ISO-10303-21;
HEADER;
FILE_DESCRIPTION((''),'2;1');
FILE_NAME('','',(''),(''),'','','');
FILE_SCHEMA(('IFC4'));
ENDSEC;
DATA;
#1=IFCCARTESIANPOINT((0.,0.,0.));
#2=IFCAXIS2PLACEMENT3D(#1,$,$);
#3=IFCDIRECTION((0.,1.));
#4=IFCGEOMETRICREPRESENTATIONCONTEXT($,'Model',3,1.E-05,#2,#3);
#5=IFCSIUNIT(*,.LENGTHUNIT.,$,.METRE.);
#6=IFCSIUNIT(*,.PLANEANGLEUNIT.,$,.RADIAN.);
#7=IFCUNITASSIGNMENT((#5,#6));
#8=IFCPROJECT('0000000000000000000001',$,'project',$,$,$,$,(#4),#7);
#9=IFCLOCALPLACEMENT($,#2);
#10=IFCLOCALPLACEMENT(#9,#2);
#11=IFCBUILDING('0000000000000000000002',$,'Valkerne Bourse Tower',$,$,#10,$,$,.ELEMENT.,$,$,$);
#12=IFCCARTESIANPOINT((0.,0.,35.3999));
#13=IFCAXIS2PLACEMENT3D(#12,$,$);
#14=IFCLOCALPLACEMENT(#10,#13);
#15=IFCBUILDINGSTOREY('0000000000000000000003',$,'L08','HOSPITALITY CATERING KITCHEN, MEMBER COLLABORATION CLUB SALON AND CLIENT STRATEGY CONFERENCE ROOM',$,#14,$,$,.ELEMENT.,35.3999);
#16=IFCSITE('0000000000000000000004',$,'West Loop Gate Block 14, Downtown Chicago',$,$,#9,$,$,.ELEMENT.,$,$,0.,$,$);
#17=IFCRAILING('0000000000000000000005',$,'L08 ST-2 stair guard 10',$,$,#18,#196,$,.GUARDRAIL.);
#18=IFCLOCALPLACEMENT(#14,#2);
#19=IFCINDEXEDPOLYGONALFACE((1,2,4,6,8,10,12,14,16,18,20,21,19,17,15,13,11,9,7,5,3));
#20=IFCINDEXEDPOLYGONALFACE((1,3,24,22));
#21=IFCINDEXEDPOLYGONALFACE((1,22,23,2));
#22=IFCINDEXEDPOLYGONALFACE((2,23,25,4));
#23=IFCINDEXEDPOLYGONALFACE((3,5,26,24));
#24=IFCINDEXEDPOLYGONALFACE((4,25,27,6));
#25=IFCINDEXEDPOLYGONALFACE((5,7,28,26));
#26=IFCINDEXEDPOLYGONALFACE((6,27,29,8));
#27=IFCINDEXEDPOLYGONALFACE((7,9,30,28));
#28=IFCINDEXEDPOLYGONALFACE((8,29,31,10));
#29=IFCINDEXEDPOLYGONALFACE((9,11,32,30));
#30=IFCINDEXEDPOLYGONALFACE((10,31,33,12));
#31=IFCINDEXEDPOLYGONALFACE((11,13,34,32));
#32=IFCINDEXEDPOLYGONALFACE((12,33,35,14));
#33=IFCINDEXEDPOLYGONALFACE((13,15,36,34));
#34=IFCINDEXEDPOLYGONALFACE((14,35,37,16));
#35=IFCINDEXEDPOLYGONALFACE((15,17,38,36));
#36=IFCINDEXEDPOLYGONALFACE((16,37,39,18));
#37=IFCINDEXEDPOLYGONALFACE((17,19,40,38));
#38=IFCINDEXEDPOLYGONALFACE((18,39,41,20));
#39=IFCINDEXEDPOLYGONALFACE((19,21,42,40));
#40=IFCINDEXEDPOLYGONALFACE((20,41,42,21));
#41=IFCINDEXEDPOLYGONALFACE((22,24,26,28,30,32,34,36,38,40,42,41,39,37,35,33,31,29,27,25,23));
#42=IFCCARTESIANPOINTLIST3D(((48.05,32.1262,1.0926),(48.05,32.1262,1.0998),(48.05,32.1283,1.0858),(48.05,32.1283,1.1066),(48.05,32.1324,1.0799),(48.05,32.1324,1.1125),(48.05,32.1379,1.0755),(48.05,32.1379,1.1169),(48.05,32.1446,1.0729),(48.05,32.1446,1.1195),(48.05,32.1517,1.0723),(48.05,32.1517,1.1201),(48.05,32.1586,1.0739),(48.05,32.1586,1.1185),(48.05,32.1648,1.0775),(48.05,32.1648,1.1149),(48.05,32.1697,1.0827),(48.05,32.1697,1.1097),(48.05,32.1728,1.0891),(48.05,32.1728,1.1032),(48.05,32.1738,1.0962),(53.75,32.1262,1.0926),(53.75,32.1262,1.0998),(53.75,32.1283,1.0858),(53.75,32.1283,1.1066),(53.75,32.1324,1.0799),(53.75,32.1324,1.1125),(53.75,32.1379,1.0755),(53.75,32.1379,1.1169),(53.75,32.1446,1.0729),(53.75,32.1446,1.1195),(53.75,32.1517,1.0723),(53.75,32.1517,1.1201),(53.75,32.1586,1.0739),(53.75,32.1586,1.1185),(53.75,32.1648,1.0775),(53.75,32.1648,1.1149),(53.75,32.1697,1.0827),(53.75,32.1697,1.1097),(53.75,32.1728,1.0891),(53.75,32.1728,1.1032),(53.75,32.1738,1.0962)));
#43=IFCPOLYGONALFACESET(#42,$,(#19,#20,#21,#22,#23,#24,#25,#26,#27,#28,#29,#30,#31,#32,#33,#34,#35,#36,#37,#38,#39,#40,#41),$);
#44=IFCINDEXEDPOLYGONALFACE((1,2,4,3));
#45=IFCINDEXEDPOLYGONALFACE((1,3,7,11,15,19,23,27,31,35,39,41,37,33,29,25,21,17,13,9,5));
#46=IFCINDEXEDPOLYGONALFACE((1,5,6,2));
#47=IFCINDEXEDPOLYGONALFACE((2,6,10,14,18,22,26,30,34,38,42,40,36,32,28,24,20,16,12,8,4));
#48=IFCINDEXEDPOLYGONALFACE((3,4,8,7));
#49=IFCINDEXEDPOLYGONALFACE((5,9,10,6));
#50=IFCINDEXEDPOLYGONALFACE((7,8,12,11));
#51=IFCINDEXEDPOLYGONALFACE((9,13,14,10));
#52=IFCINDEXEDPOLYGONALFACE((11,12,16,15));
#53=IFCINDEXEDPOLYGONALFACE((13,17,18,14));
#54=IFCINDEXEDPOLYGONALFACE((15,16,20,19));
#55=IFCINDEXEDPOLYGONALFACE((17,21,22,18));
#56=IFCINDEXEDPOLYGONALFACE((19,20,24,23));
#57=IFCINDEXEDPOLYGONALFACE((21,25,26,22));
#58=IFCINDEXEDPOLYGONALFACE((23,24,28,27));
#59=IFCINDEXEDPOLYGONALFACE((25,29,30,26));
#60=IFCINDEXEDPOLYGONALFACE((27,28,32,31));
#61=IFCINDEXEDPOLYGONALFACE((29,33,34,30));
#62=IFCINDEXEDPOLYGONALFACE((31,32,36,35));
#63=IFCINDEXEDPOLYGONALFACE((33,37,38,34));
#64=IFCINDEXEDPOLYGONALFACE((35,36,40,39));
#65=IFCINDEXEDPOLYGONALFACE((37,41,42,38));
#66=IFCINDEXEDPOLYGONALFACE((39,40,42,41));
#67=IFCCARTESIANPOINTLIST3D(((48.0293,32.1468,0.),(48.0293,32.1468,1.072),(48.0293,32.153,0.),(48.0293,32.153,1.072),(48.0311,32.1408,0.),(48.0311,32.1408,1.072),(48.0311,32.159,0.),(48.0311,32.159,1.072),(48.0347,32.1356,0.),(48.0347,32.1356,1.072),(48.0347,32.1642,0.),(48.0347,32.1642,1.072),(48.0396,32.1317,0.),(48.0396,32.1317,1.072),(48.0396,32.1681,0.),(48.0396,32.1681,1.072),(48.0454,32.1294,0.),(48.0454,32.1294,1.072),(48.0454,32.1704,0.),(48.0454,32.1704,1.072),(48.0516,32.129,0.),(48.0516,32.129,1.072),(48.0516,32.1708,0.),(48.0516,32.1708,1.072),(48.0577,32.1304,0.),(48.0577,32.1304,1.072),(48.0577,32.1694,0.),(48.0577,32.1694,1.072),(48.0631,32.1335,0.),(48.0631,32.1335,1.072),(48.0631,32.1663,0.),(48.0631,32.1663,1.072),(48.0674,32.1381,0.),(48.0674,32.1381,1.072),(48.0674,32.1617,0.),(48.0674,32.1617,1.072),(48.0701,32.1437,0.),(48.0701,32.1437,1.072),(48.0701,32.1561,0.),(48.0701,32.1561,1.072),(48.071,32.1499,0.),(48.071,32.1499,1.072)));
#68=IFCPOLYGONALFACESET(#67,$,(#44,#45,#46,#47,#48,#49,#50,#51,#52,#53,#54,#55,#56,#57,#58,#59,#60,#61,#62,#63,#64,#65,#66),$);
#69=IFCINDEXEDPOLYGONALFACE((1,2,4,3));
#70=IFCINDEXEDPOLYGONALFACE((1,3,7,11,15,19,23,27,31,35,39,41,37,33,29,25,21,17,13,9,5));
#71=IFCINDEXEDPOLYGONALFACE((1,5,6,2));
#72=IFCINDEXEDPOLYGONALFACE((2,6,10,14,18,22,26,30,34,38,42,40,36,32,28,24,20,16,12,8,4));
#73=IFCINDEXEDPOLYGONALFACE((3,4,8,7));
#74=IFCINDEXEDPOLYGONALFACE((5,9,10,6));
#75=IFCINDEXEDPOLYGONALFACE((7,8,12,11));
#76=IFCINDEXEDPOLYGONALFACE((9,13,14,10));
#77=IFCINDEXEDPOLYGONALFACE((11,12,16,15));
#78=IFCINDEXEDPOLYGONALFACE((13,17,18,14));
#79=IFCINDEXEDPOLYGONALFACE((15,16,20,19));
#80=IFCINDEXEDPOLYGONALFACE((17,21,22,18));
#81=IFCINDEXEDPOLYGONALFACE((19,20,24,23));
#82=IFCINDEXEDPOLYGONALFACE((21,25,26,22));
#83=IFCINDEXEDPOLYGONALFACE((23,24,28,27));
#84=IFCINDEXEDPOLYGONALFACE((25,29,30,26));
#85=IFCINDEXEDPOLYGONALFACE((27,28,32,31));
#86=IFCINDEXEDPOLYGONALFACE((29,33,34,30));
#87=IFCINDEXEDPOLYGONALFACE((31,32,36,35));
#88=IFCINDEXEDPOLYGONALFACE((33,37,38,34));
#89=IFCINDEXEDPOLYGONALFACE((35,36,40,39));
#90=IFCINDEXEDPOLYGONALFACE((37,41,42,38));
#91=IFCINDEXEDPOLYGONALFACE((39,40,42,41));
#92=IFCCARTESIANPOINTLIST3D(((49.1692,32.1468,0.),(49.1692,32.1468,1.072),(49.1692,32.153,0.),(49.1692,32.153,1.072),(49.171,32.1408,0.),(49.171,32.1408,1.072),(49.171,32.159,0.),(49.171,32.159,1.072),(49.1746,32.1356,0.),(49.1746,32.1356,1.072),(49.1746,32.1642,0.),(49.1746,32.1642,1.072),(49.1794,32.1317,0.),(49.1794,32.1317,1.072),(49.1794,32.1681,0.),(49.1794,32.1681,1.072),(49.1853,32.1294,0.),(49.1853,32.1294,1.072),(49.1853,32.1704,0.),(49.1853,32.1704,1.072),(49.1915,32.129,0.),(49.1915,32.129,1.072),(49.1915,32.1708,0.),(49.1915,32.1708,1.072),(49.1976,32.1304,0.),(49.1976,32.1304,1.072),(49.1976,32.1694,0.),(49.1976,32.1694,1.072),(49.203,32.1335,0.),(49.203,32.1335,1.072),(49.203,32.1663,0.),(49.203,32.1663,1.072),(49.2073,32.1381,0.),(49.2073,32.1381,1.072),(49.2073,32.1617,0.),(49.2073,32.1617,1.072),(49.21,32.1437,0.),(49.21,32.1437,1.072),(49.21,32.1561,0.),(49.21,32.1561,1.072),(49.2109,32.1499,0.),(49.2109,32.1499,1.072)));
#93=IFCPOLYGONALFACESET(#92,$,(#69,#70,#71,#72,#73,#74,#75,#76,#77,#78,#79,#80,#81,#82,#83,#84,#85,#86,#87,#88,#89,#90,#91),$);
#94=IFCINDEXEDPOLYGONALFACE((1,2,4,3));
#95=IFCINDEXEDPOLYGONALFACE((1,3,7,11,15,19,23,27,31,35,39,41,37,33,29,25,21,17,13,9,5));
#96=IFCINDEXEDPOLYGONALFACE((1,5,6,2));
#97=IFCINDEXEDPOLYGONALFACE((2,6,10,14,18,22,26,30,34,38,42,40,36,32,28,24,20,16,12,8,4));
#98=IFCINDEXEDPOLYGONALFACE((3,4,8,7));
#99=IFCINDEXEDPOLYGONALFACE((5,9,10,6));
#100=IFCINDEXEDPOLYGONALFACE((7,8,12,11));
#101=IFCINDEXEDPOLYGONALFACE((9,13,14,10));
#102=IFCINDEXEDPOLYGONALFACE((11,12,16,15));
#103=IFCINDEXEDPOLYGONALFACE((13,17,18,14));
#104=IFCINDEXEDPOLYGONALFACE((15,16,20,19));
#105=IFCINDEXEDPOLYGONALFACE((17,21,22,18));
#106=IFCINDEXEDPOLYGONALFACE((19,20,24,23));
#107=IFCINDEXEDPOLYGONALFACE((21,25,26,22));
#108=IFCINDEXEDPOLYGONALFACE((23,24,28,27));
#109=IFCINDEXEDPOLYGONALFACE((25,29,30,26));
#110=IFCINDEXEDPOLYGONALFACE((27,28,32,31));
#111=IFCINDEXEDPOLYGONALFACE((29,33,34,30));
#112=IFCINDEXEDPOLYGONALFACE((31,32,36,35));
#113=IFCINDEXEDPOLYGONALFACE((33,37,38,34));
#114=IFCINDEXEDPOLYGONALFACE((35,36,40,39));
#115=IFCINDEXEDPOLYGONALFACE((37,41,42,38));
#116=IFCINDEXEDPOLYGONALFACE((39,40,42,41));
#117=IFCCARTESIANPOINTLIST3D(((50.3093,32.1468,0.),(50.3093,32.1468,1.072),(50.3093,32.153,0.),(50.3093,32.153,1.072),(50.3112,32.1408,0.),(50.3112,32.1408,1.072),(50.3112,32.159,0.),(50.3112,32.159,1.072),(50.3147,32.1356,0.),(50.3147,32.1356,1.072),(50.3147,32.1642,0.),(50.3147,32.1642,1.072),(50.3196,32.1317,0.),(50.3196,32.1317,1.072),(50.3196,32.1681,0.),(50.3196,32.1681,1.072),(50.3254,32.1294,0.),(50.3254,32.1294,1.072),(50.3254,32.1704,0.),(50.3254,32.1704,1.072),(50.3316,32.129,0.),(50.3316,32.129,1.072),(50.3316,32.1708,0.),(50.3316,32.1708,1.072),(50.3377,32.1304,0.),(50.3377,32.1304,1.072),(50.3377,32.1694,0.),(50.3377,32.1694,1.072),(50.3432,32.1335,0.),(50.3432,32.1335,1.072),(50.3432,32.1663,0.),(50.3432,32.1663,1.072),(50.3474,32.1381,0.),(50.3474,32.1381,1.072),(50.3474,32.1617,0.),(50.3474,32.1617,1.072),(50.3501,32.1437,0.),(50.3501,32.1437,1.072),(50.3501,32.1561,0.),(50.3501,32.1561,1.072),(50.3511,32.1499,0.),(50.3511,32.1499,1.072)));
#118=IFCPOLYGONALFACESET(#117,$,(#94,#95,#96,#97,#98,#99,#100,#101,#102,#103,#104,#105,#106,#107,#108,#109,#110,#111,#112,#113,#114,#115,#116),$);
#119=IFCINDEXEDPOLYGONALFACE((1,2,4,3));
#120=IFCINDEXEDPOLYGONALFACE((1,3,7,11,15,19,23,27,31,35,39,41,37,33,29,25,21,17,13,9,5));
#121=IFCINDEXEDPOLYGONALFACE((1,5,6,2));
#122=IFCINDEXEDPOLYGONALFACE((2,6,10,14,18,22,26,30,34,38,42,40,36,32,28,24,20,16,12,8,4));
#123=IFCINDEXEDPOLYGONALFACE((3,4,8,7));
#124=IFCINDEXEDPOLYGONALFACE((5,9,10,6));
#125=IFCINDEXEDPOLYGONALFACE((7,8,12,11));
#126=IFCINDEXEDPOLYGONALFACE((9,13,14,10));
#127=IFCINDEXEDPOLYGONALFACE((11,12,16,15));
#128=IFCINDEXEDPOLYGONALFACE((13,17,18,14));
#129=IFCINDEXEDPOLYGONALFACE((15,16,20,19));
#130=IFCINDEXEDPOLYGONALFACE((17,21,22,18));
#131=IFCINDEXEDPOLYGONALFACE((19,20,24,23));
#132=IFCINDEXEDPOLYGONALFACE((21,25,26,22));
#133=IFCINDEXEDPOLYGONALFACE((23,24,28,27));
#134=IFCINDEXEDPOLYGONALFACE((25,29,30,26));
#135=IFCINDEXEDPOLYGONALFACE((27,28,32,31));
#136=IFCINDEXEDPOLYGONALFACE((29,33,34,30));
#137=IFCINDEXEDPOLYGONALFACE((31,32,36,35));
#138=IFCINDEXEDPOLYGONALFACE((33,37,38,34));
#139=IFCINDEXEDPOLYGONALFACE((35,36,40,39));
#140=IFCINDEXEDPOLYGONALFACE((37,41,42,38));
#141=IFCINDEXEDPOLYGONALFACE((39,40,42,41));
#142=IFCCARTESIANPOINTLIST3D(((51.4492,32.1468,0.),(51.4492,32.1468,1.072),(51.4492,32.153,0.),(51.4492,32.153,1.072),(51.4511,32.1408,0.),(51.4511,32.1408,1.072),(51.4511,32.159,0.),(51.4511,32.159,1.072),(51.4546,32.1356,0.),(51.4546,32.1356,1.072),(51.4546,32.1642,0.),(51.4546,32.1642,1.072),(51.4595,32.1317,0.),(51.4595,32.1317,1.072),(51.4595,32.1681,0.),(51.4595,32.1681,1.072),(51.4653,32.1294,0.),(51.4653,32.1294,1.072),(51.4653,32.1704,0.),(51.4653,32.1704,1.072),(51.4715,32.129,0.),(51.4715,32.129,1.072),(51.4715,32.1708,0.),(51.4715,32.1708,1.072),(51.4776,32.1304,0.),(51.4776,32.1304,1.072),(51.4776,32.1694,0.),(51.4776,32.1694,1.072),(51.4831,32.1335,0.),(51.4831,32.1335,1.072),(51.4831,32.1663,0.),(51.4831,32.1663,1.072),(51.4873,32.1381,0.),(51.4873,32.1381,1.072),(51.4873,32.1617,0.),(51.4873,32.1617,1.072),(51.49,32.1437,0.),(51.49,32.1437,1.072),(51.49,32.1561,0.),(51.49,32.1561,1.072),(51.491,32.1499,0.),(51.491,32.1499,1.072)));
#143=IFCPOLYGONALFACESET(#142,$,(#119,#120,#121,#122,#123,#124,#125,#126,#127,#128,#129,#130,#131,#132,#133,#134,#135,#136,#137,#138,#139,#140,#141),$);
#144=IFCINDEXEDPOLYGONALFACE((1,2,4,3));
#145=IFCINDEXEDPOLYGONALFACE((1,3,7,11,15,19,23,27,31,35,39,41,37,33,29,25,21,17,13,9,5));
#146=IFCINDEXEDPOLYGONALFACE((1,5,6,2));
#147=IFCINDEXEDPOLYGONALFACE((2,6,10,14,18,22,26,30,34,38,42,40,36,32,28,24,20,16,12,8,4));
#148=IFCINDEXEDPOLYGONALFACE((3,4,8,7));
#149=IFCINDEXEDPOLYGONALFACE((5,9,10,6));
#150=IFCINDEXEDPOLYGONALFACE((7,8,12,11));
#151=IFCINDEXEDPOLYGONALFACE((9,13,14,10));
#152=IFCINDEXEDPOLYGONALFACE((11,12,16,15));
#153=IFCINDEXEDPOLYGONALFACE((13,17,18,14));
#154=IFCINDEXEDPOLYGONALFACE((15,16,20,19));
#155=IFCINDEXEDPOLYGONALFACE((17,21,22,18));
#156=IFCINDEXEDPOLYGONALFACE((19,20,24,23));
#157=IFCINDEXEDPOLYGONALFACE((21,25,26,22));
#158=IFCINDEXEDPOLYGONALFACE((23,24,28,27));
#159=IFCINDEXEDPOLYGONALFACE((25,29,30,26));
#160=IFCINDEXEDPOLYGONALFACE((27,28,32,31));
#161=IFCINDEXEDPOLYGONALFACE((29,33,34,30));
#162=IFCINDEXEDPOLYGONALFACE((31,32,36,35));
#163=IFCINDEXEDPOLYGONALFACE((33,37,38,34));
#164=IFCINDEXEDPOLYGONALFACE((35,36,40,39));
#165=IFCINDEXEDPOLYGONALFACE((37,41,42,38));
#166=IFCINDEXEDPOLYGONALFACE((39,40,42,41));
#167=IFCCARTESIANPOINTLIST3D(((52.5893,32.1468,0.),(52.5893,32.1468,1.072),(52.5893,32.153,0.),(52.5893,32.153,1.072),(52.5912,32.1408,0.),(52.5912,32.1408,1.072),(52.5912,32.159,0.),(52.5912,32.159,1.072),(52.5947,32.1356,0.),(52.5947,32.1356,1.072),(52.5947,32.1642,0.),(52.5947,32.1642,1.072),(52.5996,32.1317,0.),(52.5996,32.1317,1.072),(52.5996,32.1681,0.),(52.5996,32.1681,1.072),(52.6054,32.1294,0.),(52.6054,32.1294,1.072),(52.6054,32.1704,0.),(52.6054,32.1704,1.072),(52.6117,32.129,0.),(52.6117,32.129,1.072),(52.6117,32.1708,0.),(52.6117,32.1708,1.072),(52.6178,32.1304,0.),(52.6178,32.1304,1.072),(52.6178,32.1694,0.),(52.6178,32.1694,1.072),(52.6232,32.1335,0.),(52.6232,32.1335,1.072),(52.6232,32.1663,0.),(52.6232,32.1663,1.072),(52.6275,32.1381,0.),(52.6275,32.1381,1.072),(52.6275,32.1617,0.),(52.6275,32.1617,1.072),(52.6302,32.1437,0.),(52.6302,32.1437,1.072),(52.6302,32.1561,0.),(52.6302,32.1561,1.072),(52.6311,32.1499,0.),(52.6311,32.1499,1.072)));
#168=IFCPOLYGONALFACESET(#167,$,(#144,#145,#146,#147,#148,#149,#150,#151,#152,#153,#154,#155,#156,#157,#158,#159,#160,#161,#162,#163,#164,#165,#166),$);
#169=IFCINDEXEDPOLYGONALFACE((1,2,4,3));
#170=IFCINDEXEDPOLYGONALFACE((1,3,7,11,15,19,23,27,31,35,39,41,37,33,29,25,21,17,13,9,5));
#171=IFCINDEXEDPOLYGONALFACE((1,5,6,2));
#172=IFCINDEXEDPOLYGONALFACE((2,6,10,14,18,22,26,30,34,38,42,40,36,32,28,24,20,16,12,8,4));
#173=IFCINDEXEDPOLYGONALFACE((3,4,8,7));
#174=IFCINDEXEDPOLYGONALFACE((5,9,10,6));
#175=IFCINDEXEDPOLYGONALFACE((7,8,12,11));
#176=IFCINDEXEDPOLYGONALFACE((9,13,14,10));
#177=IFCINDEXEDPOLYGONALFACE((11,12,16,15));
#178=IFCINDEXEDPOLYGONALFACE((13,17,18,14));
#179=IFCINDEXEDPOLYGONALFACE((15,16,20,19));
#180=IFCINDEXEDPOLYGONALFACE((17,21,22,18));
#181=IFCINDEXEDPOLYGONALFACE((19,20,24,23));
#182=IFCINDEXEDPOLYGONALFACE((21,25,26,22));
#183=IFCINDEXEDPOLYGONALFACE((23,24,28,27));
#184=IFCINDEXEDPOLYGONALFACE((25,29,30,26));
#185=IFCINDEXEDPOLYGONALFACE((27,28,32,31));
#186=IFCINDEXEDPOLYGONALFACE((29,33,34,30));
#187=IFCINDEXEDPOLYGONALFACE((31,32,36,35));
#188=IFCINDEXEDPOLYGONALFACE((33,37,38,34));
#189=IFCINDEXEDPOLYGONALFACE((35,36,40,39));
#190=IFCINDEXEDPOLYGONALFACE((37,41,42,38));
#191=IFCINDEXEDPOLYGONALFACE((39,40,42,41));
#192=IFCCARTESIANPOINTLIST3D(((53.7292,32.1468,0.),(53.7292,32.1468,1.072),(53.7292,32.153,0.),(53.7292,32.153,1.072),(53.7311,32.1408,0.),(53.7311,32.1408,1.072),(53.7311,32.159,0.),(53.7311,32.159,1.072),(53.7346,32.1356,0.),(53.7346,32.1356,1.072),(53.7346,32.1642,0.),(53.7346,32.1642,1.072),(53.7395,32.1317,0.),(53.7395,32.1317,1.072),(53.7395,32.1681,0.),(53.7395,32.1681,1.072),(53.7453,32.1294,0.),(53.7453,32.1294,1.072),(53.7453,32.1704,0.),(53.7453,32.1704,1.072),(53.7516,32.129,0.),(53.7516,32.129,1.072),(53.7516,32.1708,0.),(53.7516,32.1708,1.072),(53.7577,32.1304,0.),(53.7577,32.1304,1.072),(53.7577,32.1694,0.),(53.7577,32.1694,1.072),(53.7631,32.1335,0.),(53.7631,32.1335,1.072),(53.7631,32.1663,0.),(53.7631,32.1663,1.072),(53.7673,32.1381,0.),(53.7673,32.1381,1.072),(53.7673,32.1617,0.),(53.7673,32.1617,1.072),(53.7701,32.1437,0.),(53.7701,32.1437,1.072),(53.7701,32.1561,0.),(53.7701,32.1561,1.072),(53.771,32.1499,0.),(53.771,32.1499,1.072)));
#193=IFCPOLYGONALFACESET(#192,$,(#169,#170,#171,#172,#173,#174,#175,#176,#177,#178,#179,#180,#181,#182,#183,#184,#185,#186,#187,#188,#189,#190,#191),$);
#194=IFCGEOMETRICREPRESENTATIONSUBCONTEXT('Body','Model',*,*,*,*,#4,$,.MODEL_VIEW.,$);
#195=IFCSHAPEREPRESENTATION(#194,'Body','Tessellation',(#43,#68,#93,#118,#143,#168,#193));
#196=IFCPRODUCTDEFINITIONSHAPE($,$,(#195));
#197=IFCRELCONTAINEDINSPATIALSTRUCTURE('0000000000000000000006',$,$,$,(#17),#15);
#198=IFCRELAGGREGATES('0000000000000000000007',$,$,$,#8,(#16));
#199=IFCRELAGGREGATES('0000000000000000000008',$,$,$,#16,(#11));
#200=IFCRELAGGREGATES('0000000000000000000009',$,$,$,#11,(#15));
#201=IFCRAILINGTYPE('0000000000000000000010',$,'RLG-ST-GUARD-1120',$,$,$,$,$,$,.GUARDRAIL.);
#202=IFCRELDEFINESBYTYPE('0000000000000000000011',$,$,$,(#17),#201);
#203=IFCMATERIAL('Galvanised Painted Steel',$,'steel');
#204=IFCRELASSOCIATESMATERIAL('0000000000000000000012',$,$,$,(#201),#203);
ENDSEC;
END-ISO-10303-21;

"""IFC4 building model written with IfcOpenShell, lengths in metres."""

from ifc_helpers import new_model, si_unit, direction, frame, origin, origin_2d, place, context, subcontext, project, spatial, circle, extrude, material, type_object, element, save


model = new_model("IFC4")

# Units and contexts
model_context = context("Model", 3, precision=1e-05, world=origin(), true_north=direction((0.0, 1.0)))
body_context = subcontext(model_context, "Body", "Model", "MODEL_VIEW")
ifc_project = project(units=[si_unit("LENGTHUNIT", "METRE"), si_unit("PLANEANGLEUNIT", "RADIAN")], contexts=[model_context])

# Site, building, storey
site_placement = place(None, origin())
site = spatial("IfcSite", under=ifc_project, at=site_placement, Name="West Loop Gate Block 14, Downtown Chicago", CompositionType="ELEMENT", RefElevation=0.0)
building_placement = place(site_placement, origin())
building = spatial("IfcBuilding", under=site, at=building_placement, Name="Valkerne Bourse Tower", CompositionType="ELEMENT")
storey_placement = place(building_placement, frame((0.0, 0.0, 35.3999)))
storey = spatial("IfcBuildingStorey", under=building, at=storey_placement, Name="L08", Description="HOSPITALITY CATERING KITCHEN, MEMBER COLLABORATION CLUB SALON AND CLIENT STRATEGY CONFERENCE ROOM", CompositionType="ELEMENT", Elevation=35.3999)

# Shared definitions
ifc_material_1 = material(Name="Galvanised Painted Steel", Category="steel")

# Railing
railing_type_1 = type_object("IfcRailingType", Name="RLG-ST-GUARD-1120", PredefinedType="GUARDRAIL", material=ifc_material_1)
for number, where, name in (
    (1, (48.05, 32.1499, 0.0), "L08 ST-2 stair guard 10"),
):
    element("IfcRailing", number, at=place(storey_placement, frame(where)), inside=storey, type_object=railing_type_1, Name=name, PredefinedType="GUARDRAIL", context=body_context, shape_type="SweptSolid", body=[
        extrude(circle(Radius=0.0239, at=origin_2d()), frame((0.0, 0.0, 1.0962), z_axis=(1.0, 0.0, 0.0), x_axis=(0.0, 1.0, 0.0)), (0.0, 0.0, 1.0), 5.7),
        extrude(circle(Radius=0.021, at=origin_2d()), origin(), (0.0, 0.0, 1.0), 1.072),
        extrude(circle(Radius=0.021, at=origin_2d()), frame((1.1399, 0.0, 0.0)), (0.0, 0.0, 1.0), 1.072),
        extrude(circle(Radius=0.021, at=origin_2d()), frame((2.28, 0.0, 0.0)), (0.0, 0.0, 1.0), 1.072),
        extrude(circle(Radius=0.021, at=origin_2d()), frame((3.4199, 0.0, 0.0)), (0.0, 0.0, 1.0), 1.072),
        extrude(circle(Radius=0.021, at=origin_2d()), frame((4.5601, 0.0, 0.0)), (0.0, 0.0, 1.0), 1.072),
        extrude(circle(Radius=0.021, at=origin_2d()), frame((5.7, 0.0, 0.0)), (0.0, 0.0, 1.0), 1.072),
    ])

save(model, "model.ifc")
